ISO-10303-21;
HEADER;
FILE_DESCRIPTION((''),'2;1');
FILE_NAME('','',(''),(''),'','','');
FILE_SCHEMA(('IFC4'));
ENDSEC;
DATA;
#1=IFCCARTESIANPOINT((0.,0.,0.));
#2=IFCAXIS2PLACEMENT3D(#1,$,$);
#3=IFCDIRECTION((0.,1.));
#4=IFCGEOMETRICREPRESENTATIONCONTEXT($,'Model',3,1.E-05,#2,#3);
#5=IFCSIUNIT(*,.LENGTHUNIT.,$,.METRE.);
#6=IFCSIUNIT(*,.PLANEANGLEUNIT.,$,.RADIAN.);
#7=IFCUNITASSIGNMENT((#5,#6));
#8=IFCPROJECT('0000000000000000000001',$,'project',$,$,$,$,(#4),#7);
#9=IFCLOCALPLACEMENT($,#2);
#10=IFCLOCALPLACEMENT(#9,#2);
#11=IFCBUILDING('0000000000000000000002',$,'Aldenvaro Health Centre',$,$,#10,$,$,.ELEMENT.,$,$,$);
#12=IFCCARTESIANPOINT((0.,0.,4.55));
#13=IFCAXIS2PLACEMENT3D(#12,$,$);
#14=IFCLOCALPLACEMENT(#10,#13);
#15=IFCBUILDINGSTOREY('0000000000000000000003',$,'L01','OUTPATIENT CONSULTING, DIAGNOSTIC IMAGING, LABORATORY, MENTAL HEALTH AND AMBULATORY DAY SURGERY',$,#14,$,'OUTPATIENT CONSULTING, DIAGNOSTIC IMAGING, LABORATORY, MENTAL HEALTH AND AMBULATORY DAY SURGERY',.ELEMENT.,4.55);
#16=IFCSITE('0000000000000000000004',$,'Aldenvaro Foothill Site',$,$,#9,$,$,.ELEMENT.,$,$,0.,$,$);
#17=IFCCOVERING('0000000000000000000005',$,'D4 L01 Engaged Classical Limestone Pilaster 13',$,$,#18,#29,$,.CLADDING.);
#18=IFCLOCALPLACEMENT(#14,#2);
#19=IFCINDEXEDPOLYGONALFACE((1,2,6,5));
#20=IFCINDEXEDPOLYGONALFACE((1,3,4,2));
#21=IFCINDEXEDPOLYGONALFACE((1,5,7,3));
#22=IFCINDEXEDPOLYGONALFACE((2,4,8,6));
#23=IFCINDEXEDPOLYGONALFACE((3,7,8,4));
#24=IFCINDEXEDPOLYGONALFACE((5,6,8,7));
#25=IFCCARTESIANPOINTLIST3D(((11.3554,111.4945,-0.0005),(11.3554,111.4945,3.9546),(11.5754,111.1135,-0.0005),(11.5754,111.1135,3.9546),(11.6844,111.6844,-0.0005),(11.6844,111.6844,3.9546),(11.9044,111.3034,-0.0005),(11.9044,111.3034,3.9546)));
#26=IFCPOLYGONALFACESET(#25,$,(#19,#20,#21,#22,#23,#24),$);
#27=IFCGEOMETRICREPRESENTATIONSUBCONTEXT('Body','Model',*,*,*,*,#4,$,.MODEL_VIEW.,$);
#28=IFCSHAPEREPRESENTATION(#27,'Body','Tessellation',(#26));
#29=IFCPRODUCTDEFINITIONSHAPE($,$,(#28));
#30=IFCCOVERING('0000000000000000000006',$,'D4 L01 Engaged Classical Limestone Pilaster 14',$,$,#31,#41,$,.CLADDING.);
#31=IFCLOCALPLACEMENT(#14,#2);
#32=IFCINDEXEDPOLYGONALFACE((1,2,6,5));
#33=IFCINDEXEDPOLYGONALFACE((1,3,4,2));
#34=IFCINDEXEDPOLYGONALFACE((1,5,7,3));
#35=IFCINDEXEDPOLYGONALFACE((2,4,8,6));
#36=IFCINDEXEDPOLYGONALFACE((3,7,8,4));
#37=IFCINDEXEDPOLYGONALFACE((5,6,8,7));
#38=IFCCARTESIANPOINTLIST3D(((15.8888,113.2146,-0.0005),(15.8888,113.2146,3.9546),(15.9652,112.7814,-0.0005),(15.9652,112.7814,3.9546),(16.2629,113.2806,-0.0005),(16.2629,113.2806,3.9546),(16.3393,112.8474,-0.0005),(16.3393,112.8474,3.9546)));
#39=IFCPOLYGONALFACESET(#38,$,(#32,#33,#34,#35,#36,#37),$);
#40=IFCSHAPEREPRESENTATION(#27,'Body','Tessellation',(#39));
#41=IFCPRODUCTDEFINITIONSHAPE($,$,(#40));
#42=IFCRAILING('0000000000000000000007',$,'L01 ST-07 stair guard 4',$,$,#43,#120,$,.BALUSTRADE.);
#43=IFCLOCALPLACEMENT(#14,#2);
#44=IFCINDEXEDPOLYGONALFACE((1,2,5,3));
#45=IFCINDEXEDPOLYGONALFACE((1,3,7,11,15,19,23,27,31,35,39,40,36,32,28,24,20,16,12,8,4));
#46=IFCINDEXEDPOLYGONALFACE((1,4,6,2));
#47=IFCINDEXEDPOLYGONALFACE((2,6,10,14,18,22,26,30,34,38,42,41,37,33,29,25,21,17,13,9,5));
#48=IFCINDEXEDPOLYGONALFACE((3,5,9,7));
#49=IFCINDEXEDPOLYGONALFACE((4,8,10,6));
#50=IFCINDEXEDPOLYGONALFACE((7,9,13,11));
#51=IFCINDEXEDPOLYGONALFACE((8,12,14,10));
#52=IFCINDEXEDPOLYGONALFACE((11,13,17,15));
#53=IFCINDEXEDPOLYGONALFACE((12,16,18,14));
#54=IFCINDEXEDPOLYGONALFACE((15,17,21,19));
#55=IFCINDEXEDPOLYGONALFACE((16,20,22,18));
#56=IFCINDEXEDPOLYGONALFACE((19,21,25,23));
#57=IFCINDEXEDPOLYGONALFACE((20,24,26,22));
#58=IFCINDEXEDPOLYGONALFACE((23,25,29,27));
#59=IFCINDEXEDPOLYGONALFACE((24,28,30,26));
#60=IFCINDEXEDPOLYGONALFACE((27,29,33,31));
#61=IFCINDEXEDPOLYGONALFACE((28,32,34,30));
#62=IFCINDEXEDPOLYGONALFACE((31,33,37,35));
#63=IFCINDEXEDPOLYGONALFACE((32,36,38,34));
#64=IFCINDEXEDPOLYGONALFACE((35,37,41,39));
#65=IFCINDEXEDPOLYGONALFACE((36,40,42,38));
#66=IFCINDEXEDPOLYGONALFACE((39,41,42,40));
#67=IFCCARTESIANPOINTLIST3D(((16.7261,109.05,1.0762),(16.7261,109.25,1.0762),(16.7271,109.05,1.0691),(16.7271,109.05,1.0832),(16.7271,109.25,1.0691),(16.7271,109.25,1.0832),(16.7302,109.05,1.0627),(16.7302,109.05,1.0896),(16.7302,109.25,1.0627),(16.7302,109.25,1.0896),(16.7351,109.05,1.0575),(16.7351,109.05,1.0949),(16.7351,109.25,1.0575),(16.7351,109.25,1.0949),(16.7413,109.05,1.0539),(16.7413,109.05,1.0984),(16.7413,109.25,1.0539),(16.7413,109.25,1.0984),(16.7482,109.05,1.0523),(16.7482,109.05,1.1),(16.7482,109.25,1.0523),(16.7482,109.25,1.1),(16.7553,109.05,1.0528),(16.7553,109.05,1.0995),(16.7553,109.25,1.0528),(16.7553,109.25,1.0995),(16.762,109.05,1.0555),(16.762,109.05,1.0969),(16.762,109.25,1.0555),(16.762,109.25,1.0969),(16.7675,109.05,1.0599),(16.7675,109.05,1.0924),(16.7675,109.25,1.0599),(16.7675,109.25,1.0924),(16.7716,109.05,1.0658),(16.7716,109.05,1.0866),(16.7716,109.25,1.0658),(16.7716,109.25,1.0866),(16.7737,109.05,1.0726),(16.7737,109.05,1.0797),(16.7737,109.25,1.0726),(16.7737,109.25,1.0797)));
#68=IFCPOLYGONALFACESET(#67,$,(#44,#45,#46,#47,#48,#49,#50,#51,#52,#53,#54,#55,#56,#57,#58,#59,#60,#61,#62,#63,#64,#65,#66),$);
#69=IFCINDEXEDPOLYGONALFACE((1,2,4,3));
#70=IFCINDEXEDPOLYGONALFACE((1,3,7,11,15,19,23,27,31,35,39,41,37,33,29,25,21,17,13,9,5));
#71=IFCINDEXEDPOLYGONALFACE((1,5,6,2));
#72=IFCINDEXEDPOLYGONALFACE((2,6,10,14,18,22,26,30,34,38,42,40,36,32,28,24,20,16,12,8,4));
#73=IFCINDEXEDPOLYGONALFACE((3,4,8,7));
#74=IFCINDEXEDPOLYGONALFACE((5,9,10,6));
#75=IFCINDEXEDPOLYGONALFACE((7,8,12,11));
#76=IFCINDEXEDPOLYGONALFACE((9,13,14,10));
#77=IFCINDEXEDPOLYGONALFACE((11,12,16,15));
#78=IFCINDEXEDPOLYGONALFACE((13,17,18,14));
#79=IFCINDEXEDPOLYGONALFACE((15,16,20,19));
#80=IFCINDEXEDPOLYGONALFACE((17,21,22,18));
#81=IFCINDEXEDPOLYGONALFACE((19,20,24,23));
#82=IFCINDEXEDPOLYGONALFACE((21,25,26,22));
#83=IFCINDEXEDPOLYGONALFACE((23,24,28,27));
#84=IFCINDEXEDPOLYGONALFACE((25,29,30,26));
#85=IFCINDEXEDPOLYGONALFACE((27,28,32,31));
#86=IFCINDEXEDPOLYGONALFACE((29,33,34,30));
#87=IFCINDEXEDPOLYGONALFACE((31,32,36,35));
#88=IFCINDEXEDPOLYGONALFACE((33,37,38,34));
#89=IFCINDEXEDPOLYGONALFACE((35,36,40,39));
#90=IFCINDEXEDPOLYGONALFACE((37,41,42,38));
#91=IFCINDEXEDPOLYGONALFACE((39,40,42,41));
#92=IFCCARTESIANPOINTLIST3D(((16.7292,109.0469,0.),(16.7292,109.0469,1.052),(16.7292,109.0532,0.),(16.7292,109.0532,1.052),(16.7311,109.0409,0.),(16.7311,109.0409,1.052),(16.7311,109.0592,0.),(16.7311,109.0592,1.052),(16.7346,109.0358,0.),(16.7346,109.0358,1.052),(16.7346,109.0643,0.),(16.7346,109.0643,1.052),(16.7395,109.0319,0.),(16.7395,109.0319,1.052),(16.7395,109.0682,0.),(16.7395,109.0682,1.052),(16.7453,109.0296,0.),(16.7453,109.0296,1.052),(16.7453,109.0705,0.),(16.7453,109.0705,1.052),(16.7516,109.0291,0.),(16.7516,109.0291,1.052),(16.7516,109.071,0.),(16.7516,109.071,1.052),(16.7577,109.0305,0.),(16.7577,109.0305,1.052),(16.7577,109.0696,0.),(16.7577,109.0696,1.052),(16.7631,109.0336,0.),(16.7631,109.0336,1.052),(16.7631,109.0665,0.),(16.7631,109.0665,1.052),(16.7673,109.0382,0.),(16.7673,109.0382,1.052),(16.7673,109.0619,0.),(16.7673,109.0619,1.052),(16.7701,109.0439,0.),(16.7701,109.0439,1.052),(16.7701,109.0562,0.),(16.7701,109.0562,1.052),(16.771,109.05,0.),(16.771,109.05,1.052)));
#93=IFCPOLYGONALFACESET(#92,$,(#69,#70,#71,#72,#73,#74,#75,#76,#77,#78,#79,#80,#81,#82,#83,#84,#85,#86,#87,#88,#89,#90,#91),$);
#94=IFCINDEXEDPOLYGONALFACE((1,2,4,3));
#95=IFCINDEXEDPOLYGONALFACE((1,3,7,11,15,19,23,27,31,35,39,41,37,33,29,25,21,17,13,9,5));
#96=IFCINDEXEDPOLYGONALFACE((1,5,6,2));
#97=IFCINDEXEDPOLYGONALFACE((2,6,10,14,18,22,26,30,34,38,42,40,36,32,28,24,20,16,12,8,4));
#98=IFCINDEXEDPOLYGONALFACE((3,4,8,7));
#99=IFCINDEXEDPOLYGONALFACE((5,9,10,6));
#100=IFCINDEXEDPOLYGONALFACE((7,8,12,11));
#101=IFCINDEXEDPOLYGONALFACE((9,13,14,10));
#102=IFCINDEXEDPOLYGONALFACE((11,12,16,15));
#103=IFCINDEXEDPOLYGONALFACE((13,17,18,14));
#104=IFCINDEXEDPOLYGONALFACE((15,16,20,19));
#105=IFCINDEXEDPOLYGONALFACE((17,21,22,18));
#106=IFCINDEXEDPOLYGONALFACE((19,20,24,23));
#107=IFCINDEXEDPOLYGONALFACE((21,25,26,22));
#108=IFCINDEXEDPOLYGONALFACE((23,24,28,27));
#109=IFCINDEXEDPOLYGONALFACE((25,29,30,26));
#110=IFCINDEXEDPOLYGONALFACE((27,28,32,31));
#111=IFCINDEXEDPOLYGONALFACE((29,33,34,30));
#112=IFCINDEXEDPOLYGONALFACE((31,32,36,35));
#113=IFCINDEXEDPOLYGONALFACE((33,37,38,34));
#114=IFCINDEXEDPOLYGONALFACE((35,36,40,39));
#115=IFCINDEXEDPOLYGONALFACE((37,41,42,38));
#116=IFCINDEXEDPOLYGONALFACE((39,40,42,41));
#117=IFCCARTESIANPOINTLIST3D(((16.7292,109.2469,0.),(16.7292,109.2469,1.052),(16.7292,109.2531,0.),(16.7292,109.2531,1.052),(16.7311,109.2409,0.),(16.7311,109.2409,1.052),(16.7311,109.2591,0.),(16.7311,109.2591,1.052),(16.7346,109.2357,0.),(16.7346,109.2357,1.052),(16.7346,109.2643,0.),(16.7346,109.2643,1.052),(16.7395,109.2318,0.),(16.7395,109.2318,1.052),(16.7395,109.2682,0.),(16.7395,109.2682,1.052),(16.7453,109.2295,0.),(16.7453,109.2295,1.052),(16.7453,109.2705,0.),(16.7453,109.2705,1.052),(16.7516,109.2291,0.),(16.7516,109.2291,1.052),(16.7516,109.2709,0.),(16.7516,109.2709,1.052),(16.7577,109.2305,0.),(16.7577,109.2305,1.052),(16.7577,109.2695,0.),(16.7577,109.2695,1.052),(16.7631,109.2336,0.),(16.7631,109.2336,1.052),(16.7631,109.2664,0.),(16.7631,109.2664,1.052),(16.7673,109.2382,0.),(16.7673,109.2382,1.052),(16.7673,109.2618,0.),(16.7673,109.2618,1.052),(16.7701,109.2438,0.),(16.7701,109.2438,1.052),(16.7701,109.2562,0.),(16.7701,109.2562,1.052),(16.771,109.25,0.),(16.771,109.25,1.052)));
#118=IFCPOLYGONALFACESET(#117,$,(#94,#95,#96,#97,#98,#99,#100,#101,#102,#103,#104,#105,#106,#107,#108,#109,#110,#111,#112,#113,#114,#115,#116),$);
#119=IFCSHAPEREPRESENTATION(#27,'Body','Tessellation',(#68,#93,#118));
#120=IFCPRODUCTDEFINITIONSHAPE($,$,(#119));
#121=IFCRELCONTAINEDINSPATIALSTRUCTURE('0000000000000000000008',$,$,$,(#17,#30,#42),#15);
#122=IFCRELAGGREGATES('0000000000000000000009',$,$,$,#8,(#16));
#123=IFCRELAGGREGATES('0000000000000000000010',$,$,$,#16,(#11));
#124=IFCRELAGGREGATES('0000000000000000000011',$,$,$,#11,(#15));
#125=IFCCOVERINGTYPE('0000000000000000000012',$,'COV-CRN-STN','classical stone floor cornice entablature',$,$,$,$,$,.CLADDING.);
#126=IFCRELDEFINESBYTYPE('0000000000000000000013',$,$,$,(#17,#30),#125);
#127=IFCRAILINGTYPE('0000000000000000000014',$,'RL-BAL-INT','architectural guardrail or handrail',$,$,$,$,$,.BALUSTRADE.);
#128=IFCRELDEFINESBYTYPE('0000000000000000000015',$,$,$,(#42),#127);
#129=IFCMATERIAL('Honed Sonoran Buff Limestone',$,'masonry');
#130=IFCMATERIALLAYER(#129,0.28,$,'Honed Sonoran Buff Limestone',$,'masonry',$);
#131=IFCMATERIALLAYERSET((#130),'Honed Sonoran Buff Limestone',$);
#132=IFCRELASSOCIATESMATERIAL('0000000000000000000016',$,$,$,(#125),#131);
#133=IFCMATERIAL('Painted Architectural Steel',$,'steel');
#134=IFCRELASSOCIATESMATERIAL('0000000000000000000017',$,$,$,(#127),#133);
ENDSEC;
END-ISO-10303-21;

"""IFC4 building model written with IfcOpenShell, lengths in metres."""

from ifc_helpers import new_model, si_unit, direction, frame, origin, origin_2d, place, context, subcontext, project, spatial, rectangle, circle, extrude, material, layer, layer_set, type_object, element, save


model = new_model("IFC4")

# Units and contexts
model_context = context("Model", 3, precision=1e-05, world=origin(), true_north=direction((0.0, 1.0)))
body_context = subcontext(model_context, "Body", "Model", "MODEL_VIEW")
ifc_project = project(units=[si_unit("LENGTHUNIT", "METRE"), si_unit("PLANEANGLEUNIT", "RADIAN")], contexts=[model_context])

# Site, building, storey
site_placement = place(None, origin())
site = spatial("IfcSite", under=ifc_project, at=site_placement, Name="Aldenvaro Foothill Site", CompositionType="ELEMENT", RefElevation=0.0)
building_placement = place(site_placement, origin())
building = spatial("IfcBuilding", under=site, at=building_placement, Name="Aldenvaro Health Centre", CompositionType="ELEMENT")
storey_placement = place(building_placement, frame((0.0, 0.0, 4.55)))
storey = spatial("IfcBuildingStorey", under=building, at=storey_placement, Name="L01", Description="OUTPATIENT CONSULTING, DIAGNOSTIC IMAGING, LABORATORY, MENTAL HEALTH AND AMBULATORY DAY SURGERY", LongName="OUTPATIENT CONSULTING, DIAGNOSTIC IMAGING, LABORATORY, MENTAL HEALTH AND AMBULATORY DAY SURGERY", CompositionType="ELEMENT", Elevation=4.55)

# Coverings
ifc_material_1 = material(Name="Honed Sonoran Buff Limestone", Category="masonry")
ifc_layer_1 = layer(ifc_material_1, 0.28, Name="Honed Sonoran Buff Limestone", Category="masonry")
ifc_layer_set_1 = layer_set([ifc_layer_1], Name="Honed Sonoran Buff Limestone")
covering_type = type_object("IfcCoveringType", Name="COV-CRN-STN", Description="classical stone floor cornice entablature", PredefinedType="CLADDING", material=ifc_layer_set_1)
for number, where, z_axis, x_axis, name in (
    (1, (11.6299, 111.3989, -0.0005), (0.0, 0.0, 1.0), (-0.499992, 0.86603, 0.0), "D4 L01 Engaged Classical Limestone Pilaster 13"),
    (2, (16.114, 113.031, -0.0005), (0.0, 0.0, 1.0), (-0.173662, 0.984805, 0.0), "D4 L01 Engaged Classical Limestone Pilaster 14"),
):
    element("IfcCovering", number, at=place(storey_placement, frame(where, z_axis=z_axis, x_axis=x_axis)), inside=storey, type_object=covering_type, Name=name, PredefinedType="CLADDING", context=body_context, shape_type="SweptSolid", body=[
        extrude(rectangle(XDim=0.4399, YDim=0.3799, at=origin_2d()), origin(), (0.0, 0.0, 1.0), 3.9551),
    ])

# Railing
ifc_material_2 = material(Name="Painted Architectural Steel", Category="steel")
railing_type_1 = type_object("IfcRailingType", Name="RL-BAL-INT", Description="architectural guardrail or handrail", PredefinedType="BALUSTRADE", material=ifc_material_2)
railing_1_placement = place(storey_placement, frame((16.75, 109.05, 0.0)))
element("IfcRailing", 3, at=railing_1_placement, inside=storey, type_object=railing_type_1, Name="L01 ST-07 stair guard 4", PredefinedType="BALUSTRADE", context=body_context, shape_type="SweptSolid", body=[
    extrude(circle(Radius=0.0239, at=origin_2d()), frame((0.0, 0.0, 1.0762), z_axis=(0.0, 1.0, 0.0), x_axis=(-1.0, 0.0, 0.0)), (0.0, 0.0, 1.0), 0.2),
    extrude(circle(Radius=0.021, at=origin_2d()), origin(), (0.0, 0.0, 1.0), 1.052),
    extrude(circle(Radius=0.021, at=origin_2d()), frame((0.0, 0.2, 0.0)), (0.0, 0.0, 1.0), 1.052),
])

save(model, "model.ifc")
